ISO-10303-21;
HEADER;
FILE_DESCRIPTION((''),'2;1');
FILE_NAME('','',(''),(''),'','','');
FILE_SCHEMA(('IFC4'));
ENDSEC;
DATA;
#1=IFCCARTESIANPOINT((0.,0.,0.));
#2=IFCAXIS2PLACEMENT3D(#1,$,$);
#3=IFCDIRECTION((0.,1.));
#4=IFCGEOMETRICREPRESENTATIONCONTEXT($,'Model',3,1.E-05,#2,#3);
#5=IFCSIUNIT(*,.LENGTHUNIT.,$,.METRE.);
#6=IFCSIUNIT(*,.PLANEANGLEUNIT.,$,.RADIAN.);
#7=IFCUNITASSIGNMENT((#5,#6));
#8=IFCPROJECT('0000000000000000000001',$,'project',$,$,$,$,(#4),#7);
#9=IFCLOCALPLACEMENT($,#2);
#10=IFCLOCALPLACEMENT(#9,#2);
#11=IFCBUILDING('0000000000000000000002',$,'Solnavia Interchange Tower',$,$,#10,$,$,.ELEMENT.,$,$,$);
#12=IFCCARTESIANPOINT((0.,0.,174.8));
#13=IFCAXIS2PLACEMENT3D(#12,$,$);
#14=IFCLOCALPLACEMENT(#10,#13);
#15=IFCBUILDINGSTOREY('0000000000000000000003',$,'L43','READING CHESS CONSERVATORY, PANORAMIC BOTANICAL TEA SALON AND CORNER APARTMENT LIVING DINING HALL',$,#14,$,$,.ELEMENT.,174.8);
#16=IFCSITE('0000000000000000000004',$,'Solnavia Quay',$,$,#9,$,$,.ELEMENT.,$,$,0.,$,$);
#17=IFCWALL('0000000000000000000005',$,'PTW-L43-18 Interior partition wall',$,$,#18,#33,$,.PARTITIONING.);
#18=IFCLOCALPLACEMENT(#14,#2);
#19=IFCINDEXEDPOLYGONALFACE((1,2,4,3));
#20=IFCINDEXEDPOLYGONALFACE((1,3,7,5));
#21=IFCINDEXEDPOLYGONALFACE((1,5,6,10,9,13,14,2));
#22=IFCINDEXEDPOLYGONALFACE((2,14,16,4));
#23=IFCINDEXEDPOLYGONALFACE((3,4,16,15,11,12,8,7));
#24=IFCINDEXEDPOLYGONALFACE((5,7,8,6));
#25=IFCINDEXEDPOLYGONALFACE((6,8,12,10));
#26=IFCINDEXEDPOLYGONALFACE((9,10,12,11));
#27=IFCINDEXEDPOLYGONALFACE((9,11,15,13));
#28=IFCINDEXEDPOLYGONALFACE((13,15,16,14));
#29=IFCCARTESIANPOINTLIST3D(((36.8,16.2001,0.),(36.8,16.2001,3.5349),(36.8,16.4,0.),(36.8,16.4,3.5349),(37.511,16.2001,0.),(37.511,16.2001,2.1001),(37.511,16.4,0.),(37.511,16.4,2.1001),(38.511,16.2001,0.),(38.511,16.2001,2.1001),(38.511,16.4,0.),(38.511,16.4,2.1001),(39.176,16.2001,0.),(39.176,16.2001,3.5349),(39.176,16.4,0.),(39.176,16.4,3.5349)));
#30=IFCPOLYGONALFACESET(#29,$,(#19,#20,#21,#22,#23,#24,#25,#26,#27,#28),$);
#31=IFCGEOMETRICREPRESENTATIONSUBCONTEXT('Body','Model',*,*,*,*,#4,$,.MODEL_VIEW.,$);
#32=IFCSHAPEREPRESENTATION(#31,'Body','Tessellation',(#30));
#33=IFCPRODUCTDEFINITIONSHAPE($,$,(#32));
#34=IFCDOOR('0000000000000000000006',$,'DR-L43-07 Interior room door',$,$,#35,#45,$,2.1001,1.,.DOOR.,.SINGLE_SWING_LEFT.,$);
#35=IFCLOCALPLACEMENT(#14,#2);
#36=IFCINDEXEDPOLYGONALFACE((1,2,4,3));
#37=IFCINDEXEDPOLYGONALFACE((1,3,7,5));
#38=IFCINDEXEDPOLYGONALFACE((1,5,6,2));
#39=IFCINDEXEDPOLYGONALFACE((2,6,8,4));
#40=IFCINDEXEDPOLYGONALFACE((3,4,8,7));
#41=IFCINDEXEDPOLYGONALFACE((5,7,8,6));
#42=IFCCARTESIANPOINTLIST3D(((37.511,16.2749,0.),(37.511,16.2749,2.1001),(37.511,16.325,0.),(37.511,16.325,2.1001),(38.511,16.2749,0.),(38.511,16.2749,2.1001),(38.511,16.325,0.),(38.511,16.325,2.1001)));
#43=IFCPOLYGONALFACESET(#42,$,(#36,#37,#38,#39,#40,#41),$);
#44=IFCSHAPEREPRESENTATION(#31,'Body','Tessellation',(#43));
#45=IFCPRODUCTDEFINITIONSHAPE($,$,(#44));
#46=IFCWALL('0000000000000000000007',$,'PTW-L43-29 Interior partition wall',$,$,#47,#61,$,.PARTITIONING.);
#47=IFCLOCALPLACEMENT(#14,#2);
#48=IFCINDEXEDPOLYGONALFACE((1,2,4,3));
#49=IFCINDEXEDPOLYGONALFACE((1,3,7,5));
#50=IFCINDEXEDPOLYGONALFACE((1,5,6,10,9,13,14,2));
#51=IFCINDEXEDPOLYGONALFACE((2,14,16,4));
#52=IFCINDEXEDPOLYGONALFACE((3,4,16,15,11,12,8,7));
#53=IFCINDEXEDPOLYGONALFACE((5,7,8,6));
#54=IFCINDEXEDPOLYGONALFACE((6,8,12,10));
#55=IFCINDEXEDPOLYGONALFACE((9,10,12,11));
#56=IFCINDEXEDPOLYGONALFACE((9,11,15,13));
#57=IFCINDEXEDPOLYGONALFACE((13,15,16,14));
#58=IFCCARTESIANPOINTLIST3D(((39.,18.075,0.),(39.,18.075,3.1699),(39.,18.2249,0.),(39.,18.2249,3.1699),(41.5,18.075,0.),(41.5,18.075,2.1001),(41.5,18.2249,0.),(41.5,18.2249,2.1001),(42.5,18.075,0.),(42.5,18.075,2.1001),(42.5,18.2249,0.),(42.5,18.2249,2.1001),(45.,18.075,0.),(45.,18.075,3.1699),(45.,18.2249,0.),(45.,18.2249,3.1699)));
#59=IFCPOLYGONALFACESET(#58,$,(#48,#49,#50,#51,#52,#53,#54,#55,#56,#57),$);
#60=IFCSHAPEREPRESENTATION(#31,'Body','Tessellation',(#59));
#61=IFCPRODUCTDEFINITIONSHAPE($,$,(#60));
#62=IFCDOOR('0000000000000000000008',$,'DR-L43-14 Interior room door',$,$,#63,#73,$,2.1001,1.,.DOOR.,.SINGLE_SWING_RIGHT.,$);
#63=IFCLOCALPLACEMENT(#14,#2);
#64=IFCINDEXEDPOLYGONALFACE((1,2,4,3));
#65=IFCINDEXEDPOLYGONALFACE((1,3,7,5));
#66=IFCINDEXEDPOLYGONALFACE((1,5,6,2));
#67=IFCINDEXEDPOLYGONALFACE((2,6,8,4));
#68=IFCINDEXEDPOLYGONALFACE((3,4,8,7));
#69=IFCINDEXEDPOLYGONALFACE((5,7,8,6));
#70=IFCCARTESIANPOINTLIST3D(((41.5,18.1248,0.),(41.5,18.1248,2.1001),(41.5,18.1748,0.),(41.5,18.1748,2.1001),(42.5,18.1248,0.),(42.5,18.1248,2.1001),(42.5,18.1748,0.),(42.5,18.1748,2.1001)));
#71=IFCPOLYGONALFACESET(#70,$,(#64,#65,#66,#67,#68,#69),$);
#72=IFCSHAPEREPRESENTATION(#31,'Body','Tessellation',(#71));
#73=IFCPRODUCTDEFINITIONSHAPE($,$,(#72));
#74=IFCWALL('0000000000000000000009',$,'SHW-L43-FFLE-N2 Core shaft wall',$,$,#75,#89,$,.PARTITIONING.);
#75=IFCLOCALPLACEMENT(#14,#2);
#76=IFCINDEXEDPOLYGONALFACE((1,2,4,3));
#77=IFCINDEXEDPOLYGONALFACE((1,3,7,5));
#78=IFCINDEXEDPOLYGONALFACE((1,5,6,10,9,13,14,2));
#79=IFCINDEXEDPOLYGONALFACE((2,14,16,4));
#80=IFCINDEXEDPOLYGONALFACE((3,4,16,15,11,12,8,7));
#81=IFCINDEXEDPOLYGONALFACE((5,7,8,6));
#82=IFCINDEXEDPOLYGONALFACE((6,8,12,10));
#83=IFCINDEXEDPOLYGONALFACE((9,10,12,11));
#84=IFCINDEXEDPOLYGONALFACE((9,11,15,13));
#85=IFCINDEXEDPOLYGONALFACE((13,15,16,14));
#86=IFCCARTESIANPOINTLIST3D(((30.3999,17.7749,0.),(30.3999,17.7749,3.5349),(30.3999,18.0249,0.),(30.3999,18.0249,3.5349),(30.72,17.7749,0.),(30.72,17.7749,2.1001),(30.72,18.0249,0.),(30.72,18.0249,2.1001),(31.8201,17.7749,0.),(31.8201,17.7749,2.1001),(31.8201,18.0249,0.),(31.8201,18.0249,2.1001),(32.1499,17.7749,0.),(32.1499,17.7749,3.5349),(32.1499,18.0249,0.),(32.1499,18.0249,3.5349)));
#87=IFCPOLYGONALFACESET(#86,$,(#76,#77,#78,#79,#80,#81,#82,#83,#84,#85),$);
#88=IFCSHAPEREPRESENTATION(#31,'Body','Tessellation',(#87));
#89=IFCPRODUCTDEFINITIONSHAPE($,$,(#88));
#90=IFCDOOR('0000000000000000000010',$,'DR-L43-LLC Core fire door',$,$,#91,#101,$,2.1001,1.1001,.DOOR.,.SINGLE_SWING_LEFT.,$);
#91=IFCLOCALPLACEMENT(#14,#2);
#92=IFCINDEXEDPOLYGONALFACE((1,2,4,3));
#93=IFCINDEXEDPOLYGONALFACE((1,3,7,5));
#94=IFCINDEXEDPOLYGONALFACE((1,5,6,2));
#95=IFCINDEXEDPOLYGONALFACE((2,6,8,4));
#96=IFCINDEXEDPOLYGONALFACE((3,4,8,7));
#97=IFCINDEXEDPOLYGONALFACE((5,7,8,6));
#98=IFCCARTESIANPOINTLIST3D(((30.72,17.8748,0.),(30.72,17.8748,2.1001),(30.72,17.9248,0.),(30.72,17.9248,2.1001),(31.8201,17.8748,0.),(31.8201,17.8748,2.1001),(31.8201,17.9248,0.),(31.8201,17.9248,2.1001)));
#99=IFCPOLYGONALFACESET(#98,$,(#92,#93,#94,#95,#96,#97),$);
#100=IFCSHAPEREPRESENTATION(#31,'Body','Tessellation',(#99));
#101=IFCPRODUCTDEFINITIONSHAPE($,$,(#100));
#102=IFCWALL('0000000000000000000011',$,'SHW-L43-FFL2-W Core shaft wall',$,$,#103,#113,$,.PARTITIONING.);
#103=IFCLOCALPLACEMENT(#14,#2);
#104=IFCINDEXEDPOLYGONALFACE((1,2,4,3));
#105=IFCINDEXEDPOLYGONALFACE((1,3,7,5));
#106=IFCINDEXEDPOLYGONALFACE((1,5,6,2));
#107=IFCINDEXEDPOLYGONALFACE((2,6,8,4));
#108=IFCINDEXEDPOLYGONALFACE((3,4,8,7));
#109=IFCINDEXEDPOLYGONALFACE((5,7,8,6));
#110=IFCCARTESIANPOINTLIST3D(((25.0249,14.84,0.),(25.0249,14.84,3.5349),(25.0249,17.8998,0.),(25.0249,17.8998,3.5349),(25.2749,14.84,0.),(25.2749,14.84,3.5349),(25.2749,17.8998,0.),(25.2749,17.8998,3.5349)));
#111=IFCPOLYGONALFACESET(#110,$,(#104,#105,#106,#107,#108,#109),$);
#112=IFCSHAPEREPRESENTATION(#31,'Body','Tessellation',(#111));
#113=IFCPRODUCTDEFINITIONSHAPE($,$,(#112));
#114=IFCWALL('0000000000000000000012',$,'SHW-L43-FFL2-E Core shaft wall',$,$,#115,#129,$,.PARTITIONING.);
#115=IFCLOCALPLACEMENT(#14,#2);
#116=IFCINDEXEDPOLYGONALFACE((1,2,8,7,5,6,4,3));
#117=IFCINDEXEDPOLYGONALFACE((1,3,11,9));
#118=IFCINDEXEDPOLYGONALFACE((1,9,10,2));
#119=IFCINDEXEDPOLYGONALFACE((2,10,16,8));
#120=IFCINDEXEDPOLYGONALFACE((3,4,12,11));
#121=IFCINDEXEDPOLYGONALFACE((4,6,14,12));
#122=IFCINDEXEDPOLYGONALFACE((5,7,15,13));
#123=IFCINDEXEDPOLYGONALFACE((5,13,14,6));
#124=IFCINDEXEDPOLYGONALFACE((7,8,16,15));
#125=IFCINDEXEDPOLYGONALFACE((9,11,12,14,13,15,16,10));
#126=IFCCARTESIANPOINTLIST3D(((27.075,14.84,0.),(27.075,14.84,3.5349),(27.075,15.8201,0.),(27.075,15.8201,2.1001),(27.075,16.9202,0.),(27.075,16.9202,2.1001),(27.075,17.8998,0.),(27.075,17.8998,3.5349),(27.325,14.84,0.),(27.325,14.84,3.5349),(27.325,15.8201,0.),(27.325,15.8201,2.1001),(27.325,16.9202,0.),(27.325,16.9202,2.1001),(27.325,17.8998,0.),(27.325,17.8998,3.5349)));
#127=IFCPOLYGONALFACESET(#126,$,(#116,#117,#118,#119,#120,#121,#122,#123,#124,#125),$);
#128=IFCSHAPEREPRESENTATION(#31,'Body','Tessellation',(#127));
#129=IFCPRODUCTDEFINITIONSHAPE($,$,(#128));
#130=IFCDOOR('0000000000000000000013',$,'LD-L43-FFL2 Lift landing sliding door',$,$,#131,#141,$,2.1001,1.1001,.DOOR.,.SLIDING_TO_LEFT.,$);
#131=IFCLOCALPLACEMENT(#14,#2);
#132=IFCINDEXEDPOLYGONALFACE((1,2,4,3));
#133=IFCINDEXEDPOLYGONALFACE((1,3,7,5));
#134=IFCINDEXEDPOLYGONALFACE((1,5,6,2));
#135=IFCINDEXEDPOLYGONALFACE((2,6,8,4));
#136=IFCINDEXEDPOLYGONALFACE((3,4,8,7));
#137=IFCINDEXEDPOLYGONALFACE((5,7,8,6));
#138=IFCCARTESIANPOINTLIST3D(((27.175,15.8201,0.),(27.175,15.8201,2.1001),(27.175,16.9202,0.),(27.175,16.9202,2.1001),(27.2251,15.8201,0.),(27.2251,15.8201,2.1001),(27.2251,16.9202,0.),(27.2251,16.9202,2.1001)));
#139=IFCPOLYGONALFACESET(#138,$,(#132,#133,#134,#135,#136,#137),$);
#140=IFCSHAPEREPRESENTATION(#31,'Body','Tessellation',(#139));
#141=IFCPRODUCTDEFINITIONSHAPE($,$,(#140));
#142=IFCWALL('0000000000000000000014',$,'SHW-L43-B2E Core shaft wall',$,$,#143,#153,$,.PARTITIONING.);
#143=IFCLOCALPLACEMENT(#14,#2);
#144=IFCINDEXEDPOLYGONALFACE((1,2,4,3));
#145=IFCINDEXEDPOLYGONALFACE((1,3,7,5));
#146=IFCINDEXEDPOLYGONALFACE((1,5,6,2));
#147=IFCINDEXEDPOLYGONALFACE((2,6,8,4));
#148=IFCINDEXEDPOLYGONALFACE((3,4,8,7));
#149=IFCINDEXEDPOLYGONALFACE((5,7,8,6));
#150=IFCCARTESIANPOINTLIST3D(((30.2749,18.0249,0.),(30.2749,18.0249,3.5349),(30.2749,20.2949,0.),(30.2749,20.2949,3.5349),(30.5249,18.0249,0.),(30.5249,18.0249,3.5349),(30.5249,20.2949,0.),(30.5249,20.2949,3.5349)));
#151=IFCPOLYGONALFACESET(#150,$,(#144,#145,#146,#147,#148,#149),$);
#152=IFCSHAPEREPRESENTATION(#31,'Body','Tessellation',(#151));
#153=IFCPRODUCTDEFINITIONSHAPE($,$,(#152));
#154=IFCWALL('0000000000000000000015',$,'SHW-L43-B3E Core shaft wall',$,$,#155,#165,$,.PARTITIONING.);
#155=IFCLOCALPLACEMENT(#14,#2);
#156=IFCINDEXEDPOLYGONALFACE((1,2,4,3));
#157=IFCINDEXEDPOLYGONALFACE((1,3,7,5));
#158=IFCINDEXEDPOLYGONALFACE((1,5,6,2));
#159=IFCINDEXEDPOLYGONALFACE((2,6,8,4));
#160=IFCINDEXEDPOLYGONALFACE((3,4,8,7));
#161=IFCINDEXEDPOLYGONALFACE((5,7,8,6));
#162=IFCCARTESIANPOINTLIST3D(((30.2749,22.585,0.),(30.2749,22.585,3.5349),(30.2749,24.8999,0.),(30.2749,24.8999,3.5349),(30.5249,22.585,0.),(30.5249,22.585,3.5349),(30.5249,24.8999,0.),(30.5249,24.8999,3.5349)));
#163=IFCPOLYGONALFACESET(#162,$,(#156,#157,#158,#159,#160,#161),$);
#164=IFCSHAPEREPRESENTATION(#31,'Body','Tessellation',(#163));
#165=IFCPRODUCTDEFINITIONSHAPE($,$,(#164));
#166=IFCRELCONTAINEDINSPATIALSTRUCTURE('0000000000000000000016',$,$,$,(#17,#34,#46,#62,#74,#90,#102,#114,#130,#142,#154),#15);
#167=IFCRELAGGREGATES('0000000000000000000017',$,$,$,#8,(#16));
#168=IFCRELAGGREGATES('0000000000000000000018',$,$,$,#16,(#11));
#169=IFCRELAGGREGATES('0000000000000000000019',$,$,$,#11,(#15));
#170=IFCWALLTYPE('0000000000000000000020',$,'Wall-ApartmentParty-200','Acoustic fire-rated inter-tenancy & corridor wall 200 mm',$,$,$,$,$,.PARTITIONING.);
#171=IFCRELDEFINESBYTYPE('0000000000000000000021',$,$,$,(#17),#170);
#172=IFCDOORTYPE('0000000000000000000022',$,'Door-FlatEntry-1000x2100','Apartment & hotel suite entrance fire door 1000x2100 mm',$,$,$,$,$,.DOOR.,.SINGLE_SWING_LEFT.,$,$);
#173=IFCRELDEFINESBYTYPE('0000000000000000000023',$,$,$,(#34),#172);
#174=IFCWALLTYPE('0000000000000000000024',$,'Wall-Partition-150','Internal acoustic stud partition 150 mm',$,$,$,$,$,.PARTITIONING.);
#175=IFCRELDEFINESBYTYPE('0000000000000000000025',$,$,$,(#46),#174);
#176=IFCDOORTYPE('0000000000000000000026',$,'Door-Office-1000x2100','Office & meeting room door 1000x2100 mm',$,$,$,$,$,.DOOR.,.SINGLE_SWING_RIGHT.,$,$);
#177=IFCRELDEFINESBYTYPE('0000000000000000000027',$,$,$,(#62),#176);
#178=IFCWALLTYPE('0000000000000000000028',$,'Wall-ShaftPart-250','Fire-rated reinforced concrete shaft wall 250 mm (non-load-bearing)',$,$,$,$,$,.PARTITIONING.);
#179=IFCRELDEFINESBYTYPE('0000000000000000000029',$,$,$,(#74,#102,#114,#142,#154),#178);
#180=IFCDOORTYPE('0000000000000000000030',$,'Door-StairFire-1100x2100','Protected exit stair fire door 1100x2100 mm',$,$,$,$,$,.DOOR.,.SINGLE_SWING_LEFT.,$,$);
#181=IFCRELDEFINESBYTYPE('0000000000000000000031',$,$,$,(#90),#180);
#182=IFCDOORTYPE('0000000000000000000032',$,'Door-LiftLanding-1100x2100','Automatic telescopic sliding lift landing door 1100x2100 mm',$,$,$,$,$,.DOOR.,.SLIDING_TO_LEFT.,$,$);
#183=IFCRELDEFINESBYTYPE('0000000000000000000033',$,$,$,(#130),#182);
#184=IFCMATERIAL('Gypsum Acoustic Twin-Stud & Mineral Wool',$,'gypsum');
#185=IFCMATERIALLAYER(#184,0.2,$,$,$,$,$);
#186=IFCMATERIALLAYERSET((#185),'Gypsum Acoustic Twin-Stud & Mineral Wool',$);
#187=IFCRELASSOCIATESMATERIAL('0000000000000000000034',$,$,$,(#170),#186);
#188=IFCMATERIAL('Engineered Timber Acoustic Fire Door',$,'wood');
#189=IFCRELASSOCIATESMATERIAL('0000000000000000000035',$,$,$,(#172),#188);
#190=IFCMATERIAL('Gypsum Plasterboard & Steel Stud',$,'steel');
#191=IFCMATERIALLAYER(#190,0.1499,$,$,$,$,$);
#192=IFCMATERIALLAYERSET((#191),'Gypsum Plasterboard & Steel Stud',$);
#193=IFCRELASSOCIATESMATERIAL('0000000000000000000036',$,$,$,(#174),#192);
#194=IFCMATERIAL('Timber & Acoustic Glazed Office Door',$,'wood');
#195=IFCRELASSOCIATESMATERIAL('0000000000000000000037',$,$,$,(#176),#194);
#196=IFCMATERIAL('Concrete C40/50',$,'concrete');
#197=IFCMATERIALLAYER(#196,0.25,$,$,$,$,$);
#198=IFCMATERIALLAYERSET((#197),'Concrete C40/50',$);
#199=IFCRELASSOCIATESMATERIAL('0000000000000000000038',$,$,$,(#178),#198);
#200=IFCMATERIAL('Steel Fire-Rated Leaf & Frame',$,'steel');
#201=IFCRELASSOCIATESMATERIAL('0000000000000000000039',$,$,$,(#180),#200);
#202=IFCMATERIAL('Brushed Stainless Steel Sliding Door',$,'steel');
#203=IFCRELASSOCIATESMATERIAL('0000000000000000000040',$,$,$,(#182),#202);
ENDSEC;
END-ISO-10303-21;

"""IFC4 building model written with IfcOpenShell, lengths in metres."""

from ifc_helpers import new_model, si_unit, direction, frame, frame_2d, origin, place, context, subcontext, project, spatial, rectangle, extrude, material, layer, layer_set, type_object, element, fill, save


model = new_model("IFC4")

# Units and contexts
model_context = context("Model", 3, precision=1e-05, world=origin(), true_north=direction((0.0, 1.0)))
body_context = subcontext(model_context, "Body", "Model", "MODEL_VIEW")
ifc_project = project(units=[si_unit("LENGTHUNIT", "METRE"), si_unit("PLANEANGLEUNIT", "RADIAN")], contexts=[model_context])

# Site, building, storey
site_placement = place(None, origin())
site = spatial("IfcSite", under=ifc_project, at=site_placement, Name="Solnavia Quay", CompositionType="ELEMENT", RefElevation=0.0)
building_placement = place(site_placement, origin())
building = spatial("IfcBuilding", under=site, at=building_placement, Name="Solnavia Interchange Tower", CompositionType="ELEMENT")
storey_placement = place(building_placement, frame((0.0, 0.0, 174.8)))
storey = spatial("IfcBuildingStorey", under=building, at=storey_placement, Name="L43", Description="READING CHESS CONSERVATORY, PANORAMIC BOTANICAL TEA SALON AND CORNER APARTMENT LIVING DINING HALL", CompositionType="ELEMENT", Elevation=174.8)

# Shared definitions
ifc_material_1 = material(Name="Gypsum Acoustic Twin-Stud & Mineral Wool", Category="gypsum")
ifc_layer_1 = layer(ifc_material_1, 0.2)
ifc_layer_set_1 = layer_set([ifc_layer_1], Name="Gypsum Acoustic Twin-Stud & Mineral Wool")
wall_type_1 = type_object("IfcWallType", Name="Wall-ApartmentParty-200", Description="Acoustic fire-rated inter-tenancy & corridor wall 200 mm", PredefinedType="PARTITIONING", material=ifc_layer_set_1)

# Walls, openings, doors
wall_1_placement = place(storey_placement, frame((36.8, 16.3, 0.0), z_axis=(0.0, 0.0, 1.0), x_axis=(1.0, 0.0, 0.0)))
wall_1 = element("IfcWall", 1, at=wall_1_placement, inside=storey, type_object=wall_type_1, Name="PTW-L43-18 Interior partition wall", PredefinedType="PARTITIONING", context=body_context, shape_type="SweptSolid", body=[
    extrude(rectangle(XDim=2.376, YDim=0.2, at=frame_2d((1.188, 0.0))), origin(), (0.0, 0.0, 1.0), 3.5349),
])
opening_1_placement = place(wall_1_placement, frame((0.7109, 0.0, 0.0)))
opening_1 = element("IfcOpeningElement", 2, at=opening_1_placement, cuts=wall_1, PredefinedType="OPENING", context=body_context, shape_type="SweptSolid", body=[
    extrude(rectangle(XDim=1.0, YDim=2.1001, at=frame_2d((0.5, 1.05))), frame((0.0, 0.1099, 0.0), z_axis=(0.0, -1.0, 0.0), x_axis=(1.0, 0.0, 0.0)), (0.0, 0.0, 1.0), 0.22),
])
ifc_material_2 = material(Name="Engineered Timber Acoustic Fire Door", Category="wood")
door_type_1 = type_object("IfcDoorType", Name="Door-FlatEntry-1000x2100", Description="Apartment & hotel suite entrance fire door 1000x2100 mm", OperationType="SINGLE_SWING_LEFT", PredefinedType="DOOR", material=ifc_material_2)
door_1_placement = place(opening_1_placement, origin())
door_1 = element("IfcDoor", 3, at=door_1_placement, inside=storey, type_object=door_type_1, Name="DR-L43-07 Interior room door", OperationType="SINGLE_SWING_LEFT", OverallHeight=2.1001, OverallWidth=1.0, PredefinedType="DOOR", context=body_context, shape_type="SweptSolid", body=[
    extrude(rectangle(XDim=1.0, YDim=2.1001, at=frame_2d((0.5, 1.05))), frame((0.0, 0.0249, 0.0), z_axis=(0.0, -1.0, 0.0), x_axis=(1.0, 0.0, 0.0)), (0.0, 0.0, 1.0), 0.05),
])
fill(opening_1, door_1)
ifc_material_3 = material(Name="Gypsum Plasterboard & Steel Stud", Category="steel")
ifc_layer_2 = layer(ifc_material_3, 0.1499)
ifc_layer_set_2 = layer_set([ifc_layer_2], Name="Gypsum Plasterboard & Steel Stud")
wall_type_2 = type_object("IfcWallType", Name="Wall-Partition-150", Description="Internal acoustic stud partition 150 mm", PredefinedType="PARTITIONING", material=ifc_layer_set_2)
wall_2_placement = place(storey_placement, frame((39.0, 18.1499, 0.0), z_axis=(0.0, 0.0, 1.0), x_axis=(1.0, 0.0, 0.0)))
wall_2 = element("IfcWall", 4, at=wall_2_placement, inside=storey, type_object=wall_type_2, Name="PTW-L43-29 Interior partition wall", PredefinedType="PARTITIONING", context=body_context, shape_type="SweptSolid", body=[
    extrude(rectangle(XDim=6.0, YDim=0.1499, at=frame_2d((3.0, 0.0))), origin(), (0.0, 0.0, 1.0), 3.1699),
])
opening_2_placement = place(wall_2_placement, frame((2.5, 0.0, 0.0)))
opening_2 = element("IfcOpeningElement", 5, at=opening_2_placement, cuts=wall_2, PredefinedType="OPENING", context=body_context, shape_type="SweptSolid", body=[
    extrude(rectangle(XDim=1.0, YDim=2.1001, at=frame_2d((0.5, 1.05))), frame((0.0, 0.085, 0.0), z_axis=(0.0, -1.0, 0.0), x_axis=(1.0, 0.0, 0.0)), (0.0, 0.0, 1.0), 0.1699),
])
ifc_material_4 = material(Name="Timber & Acoustic Glazed Office Door", Category="wood")
door_type_2 = type_object("IfcDoorType", Name="Door-Office-1000x2100", Description="Office & meeting room door 1000x2100 mm", OperationType="SINGLE_SWING_RIGHT", PredefinedType="DOOR", material=ifc_material_4)
door_2_placement = place(opening_2_placement, origin())
door_2 = element("IfcDoor", 6, at=door_2_placement, inside=storey, type_object=door_type_2, Name="DR-L43-14 Interior room door", OperationType="SINGLE_SWING_RIGHT", OverallHeight=2.1001, OverallWidth=1.0, PredefinedType="DOOR", context=body_context, shape_type="SweptSolid", body=[
    extrude(rectangle(XDim=1.0, YDim=2.1001, at=frame_2d((0.5, 1.05))), frame((0.0, 0.0249, 0.0), z_axis=(0.0, -1.0, 0.0), x_axis=(1.0, 0.0, 0.0)), (0.0, 0.0, 1.0), 0.05),
])
fill(opening_2, door_2)
ifc_material_5 = material(Name="Concrete C40/50", Category="concrete")
ifc_layer_3 = layer(ifc_material_5, 0.25)
ifc_layer_set_3 = layer_set([ifc_layer_3], Name="Concrete C40/50")
wall_type_3 = type_object("IfcWallType", Name="Wall-ShaftPart-250", Description="Fire-rated reinforced concrete shaft wall 250 mm (non-load-bearing)", PredefinedType="PARTITIONING", material=ifc_layer_set_3)
wall_3_placement = place(storey_placement, frame((30.3999, 17.8999, 0.0), z_axis=(0.0, 0.0, 1.0), x_axis=(1.0, 0.0, 0.0)))
wall_3 = element("IfcWall", 7, at=wall_3_placement, inside=storey, type_object=wall_type_3, Name="SHW-L43-FFLE-N2 Core shaft wall", PredefinedType="PARTITIONING", context=body_context, shape_type="SweptSolid", body=[
    extrude(rectangle(XDim=1.75, YDim=0.25, at=frame_2d((0.875, 0.0))), origin(), (0.0, 0.0, 1.0), 3.5349),
])
opening_3_placement = place(wall_3_placement, frame((0.3201, 0.0, 0.0)))
opening_3 = element("IfcOpeningElement", 8, at=opening_3_placement, cuts=wall_3, PredefinedType="OPENING", context=body_context, shape_type="SweptSolid", body=[
    extrude(rectangle(XDim=1.1001, YDim=2.1001, at=frame_2d((0.55, 1.05))), frame((0.0, 0.135, 0.0), z_axis=(0.0, -1.0, 0.0), x_axis=(1.0, 0.0, 0.0)), (0.0, 0.0, 1.0), 0.27),
])
ifc_material_6 = material(Name="Steel Fire-Rated Leaf & Frame", Category="steel")
door_type_3 = type_object("IfcDoorType", Name="Door-StairFire-1100x2100", Description="Protected exit stair fire door 1100x2100 mm", OperationType="SINGLE_SWING_LEFT", PredefinedType="DOOR", material=ifc_material_6)
door_3_placement = place(opening_3_placement, origin())
door_3 = element("IfcDoor", 9, at=door_3_placement, inside=storey, type_object=door_type_3, Name="DR-L43-LLC Core fire door", OperationType="SINGLE_SWING_LEFT", OverallHeight=2.1001, OverallWidth=1.1001, PredefinedType="DOOR", context=body_context, shape_type="SweptSolid", body=[
    extrude(rectangle(XDim=1.1001, YDim=2.1001, at=frame_2d((0.55, 1.05))), frame((0.0, 0.0249, 0.0), z_axis=(0.0, -1.0, 0.0), x_axis=(1.0, 0.0, 0.0)), (0.0, 0.0, 1.0), 0.05),
])
fill(opening_3, door_3)

# Wall
wall_4_placement = place(storey_placement, frame((25.1499, 14.8401, 0.0), z_axis=(0.0, 0.0, 1.0), x_axis=(0.0, 1.0, 0.0)))
element("IfcWall", 10, at=wall_4_placement, inside=storey, type_object=wall_type_3, Name="SHW-L43-FFL2-W Core shaft wall", PredefinedType="PARTITIONING", context=body_context, shape_type="SweptSolid", body=[
    extrude(rectangle(XDim=3.0598, YDim=0.25, at=frame_2d((1.5298, 0.0))), origin(), (0.0, 0.0, 1.0), 3.5349),
])

# Wall, opening, door
wall_5_placement = place(storey_placement, frame((27.2, 14.8401, 0.0), z_axis=(0.0, 0.0, 1.0), x_axis=(0.0, 1.0, 0.0)))
wall_5 = element("IfcWall", 11, at=wall_5_placement, inside=storey, type_object=wall_type_3, Name="SHW-L43-FFL2-E Core shaft wall", PredefinedType="PARTITIONING", context=body_context, shape_type="SweptSolid", body=[
    extrude(rectangle(XDim=3.0598, YDim=0.25, at=frame_2d((1.5298, 0.0))), origin(), (0.0, 0.0, 1.0), 3.5349),
])
opening_4_placement = place(wall_5_placement, frame((0.98, 0.0, 0.0)))
opening_4 = element("IfcOpeningElement", 12, at=opening_4_placement, cuts=wall_5, PredefinedType="OPENING", context=body_context, shape_type="SweptSolid", body=[
    extrude(rectangle(XDim=1.1001, YDim=2.1001, at=frame_2d((0.55, 1.05))), frame((0.0, 0.135, 0.0), z_axis=(0.0, -1.0, 0.0), x_axis=(1.0, 0.0, 0.0)), (0.0, 0.0, 1.0), 0.27),
])
ifc_material_7 = material(Name="Brushed Stainless Steel Sliding Door", Category="steel")
door_type_4 = type_object("IfcDoorType", Name="Door-LiftLanding-1100x2100", Description="Automatic telescopic sliding lift landing door 1100x2100 mm", OperationType="SLIDING_TO_LEFT", PredefinedType="DOOR", material=ifc_material_7)
door_4_placement = place(opening_4_placement, origin())
door_4 = element("IfcDoor", 13, at=door_4_placement, inside=storey, type_object=door_type_4, Name="LD-L43-FFL2 Lift landing sliding door", OperationType="SLIDING_TO_LEFT", OverallHeight=2.1001, OverallWidth=1.1001, PredefinedType="DOOR", context=body_context, shape_type="SweptSolid", body=[
    extrude(rectangle(XDim=1.1001, YDim=2.1001, at=frame_2d((0.55, 1.05))), frame((0.0, 0.0249, 0.0), z_axis=(0.0, -1.0, 0.0), x_axis=(1.0, 0.0, 0.0)), (0.0, 0.0, 1.0), 0.05),
])
fill(opening_4, door_4)

# Walls
wall_6_placement = place(storey_placement, frame((30.3999, 18.0249, 0.0), z_axis=(0.0, 0.0, 1.0), x_axis=(0.0, 1.0, 0.0)))
element("IfcWall", 14, at=wall_6_placement, inside=storey, type_object=wall_type_3, Name="SHW-L43-B2E Core shaft wall", PredefinedType="PARTITIONING", context=body_context, shape_type="SweptSolid", body=[
    extrude(rectangle(XDim=2.27, YDim=0.25, at=frame_2d((1.135, 0.0))), origin(), (0.0, 0.0, 1.0), 3.5349),
])
wall_7_placement = place(storey_placement, frame((30.3999, 22.585, 0.0), z_axis=(0.0, 0.0, 1.0), x_axis=(0.0, 1.0, 0.0)))
element("IfcWall", 15, at=wall_7_placement, inside=storey, type_object=wall_type_3, Name="SHW-L43-B3E Core shaft wall", PredefinedType="PARTITIONING", context=body_context, shape_type="SweptSolid", body=[
    extrude(rectangle(XDim=2.3149, YDim=0.25, at=frame_2d((1.1575, 0.0))), origin(), (0.0, 0.0, 1.0), 3.5349),
])

save(model, "model.ifc")
